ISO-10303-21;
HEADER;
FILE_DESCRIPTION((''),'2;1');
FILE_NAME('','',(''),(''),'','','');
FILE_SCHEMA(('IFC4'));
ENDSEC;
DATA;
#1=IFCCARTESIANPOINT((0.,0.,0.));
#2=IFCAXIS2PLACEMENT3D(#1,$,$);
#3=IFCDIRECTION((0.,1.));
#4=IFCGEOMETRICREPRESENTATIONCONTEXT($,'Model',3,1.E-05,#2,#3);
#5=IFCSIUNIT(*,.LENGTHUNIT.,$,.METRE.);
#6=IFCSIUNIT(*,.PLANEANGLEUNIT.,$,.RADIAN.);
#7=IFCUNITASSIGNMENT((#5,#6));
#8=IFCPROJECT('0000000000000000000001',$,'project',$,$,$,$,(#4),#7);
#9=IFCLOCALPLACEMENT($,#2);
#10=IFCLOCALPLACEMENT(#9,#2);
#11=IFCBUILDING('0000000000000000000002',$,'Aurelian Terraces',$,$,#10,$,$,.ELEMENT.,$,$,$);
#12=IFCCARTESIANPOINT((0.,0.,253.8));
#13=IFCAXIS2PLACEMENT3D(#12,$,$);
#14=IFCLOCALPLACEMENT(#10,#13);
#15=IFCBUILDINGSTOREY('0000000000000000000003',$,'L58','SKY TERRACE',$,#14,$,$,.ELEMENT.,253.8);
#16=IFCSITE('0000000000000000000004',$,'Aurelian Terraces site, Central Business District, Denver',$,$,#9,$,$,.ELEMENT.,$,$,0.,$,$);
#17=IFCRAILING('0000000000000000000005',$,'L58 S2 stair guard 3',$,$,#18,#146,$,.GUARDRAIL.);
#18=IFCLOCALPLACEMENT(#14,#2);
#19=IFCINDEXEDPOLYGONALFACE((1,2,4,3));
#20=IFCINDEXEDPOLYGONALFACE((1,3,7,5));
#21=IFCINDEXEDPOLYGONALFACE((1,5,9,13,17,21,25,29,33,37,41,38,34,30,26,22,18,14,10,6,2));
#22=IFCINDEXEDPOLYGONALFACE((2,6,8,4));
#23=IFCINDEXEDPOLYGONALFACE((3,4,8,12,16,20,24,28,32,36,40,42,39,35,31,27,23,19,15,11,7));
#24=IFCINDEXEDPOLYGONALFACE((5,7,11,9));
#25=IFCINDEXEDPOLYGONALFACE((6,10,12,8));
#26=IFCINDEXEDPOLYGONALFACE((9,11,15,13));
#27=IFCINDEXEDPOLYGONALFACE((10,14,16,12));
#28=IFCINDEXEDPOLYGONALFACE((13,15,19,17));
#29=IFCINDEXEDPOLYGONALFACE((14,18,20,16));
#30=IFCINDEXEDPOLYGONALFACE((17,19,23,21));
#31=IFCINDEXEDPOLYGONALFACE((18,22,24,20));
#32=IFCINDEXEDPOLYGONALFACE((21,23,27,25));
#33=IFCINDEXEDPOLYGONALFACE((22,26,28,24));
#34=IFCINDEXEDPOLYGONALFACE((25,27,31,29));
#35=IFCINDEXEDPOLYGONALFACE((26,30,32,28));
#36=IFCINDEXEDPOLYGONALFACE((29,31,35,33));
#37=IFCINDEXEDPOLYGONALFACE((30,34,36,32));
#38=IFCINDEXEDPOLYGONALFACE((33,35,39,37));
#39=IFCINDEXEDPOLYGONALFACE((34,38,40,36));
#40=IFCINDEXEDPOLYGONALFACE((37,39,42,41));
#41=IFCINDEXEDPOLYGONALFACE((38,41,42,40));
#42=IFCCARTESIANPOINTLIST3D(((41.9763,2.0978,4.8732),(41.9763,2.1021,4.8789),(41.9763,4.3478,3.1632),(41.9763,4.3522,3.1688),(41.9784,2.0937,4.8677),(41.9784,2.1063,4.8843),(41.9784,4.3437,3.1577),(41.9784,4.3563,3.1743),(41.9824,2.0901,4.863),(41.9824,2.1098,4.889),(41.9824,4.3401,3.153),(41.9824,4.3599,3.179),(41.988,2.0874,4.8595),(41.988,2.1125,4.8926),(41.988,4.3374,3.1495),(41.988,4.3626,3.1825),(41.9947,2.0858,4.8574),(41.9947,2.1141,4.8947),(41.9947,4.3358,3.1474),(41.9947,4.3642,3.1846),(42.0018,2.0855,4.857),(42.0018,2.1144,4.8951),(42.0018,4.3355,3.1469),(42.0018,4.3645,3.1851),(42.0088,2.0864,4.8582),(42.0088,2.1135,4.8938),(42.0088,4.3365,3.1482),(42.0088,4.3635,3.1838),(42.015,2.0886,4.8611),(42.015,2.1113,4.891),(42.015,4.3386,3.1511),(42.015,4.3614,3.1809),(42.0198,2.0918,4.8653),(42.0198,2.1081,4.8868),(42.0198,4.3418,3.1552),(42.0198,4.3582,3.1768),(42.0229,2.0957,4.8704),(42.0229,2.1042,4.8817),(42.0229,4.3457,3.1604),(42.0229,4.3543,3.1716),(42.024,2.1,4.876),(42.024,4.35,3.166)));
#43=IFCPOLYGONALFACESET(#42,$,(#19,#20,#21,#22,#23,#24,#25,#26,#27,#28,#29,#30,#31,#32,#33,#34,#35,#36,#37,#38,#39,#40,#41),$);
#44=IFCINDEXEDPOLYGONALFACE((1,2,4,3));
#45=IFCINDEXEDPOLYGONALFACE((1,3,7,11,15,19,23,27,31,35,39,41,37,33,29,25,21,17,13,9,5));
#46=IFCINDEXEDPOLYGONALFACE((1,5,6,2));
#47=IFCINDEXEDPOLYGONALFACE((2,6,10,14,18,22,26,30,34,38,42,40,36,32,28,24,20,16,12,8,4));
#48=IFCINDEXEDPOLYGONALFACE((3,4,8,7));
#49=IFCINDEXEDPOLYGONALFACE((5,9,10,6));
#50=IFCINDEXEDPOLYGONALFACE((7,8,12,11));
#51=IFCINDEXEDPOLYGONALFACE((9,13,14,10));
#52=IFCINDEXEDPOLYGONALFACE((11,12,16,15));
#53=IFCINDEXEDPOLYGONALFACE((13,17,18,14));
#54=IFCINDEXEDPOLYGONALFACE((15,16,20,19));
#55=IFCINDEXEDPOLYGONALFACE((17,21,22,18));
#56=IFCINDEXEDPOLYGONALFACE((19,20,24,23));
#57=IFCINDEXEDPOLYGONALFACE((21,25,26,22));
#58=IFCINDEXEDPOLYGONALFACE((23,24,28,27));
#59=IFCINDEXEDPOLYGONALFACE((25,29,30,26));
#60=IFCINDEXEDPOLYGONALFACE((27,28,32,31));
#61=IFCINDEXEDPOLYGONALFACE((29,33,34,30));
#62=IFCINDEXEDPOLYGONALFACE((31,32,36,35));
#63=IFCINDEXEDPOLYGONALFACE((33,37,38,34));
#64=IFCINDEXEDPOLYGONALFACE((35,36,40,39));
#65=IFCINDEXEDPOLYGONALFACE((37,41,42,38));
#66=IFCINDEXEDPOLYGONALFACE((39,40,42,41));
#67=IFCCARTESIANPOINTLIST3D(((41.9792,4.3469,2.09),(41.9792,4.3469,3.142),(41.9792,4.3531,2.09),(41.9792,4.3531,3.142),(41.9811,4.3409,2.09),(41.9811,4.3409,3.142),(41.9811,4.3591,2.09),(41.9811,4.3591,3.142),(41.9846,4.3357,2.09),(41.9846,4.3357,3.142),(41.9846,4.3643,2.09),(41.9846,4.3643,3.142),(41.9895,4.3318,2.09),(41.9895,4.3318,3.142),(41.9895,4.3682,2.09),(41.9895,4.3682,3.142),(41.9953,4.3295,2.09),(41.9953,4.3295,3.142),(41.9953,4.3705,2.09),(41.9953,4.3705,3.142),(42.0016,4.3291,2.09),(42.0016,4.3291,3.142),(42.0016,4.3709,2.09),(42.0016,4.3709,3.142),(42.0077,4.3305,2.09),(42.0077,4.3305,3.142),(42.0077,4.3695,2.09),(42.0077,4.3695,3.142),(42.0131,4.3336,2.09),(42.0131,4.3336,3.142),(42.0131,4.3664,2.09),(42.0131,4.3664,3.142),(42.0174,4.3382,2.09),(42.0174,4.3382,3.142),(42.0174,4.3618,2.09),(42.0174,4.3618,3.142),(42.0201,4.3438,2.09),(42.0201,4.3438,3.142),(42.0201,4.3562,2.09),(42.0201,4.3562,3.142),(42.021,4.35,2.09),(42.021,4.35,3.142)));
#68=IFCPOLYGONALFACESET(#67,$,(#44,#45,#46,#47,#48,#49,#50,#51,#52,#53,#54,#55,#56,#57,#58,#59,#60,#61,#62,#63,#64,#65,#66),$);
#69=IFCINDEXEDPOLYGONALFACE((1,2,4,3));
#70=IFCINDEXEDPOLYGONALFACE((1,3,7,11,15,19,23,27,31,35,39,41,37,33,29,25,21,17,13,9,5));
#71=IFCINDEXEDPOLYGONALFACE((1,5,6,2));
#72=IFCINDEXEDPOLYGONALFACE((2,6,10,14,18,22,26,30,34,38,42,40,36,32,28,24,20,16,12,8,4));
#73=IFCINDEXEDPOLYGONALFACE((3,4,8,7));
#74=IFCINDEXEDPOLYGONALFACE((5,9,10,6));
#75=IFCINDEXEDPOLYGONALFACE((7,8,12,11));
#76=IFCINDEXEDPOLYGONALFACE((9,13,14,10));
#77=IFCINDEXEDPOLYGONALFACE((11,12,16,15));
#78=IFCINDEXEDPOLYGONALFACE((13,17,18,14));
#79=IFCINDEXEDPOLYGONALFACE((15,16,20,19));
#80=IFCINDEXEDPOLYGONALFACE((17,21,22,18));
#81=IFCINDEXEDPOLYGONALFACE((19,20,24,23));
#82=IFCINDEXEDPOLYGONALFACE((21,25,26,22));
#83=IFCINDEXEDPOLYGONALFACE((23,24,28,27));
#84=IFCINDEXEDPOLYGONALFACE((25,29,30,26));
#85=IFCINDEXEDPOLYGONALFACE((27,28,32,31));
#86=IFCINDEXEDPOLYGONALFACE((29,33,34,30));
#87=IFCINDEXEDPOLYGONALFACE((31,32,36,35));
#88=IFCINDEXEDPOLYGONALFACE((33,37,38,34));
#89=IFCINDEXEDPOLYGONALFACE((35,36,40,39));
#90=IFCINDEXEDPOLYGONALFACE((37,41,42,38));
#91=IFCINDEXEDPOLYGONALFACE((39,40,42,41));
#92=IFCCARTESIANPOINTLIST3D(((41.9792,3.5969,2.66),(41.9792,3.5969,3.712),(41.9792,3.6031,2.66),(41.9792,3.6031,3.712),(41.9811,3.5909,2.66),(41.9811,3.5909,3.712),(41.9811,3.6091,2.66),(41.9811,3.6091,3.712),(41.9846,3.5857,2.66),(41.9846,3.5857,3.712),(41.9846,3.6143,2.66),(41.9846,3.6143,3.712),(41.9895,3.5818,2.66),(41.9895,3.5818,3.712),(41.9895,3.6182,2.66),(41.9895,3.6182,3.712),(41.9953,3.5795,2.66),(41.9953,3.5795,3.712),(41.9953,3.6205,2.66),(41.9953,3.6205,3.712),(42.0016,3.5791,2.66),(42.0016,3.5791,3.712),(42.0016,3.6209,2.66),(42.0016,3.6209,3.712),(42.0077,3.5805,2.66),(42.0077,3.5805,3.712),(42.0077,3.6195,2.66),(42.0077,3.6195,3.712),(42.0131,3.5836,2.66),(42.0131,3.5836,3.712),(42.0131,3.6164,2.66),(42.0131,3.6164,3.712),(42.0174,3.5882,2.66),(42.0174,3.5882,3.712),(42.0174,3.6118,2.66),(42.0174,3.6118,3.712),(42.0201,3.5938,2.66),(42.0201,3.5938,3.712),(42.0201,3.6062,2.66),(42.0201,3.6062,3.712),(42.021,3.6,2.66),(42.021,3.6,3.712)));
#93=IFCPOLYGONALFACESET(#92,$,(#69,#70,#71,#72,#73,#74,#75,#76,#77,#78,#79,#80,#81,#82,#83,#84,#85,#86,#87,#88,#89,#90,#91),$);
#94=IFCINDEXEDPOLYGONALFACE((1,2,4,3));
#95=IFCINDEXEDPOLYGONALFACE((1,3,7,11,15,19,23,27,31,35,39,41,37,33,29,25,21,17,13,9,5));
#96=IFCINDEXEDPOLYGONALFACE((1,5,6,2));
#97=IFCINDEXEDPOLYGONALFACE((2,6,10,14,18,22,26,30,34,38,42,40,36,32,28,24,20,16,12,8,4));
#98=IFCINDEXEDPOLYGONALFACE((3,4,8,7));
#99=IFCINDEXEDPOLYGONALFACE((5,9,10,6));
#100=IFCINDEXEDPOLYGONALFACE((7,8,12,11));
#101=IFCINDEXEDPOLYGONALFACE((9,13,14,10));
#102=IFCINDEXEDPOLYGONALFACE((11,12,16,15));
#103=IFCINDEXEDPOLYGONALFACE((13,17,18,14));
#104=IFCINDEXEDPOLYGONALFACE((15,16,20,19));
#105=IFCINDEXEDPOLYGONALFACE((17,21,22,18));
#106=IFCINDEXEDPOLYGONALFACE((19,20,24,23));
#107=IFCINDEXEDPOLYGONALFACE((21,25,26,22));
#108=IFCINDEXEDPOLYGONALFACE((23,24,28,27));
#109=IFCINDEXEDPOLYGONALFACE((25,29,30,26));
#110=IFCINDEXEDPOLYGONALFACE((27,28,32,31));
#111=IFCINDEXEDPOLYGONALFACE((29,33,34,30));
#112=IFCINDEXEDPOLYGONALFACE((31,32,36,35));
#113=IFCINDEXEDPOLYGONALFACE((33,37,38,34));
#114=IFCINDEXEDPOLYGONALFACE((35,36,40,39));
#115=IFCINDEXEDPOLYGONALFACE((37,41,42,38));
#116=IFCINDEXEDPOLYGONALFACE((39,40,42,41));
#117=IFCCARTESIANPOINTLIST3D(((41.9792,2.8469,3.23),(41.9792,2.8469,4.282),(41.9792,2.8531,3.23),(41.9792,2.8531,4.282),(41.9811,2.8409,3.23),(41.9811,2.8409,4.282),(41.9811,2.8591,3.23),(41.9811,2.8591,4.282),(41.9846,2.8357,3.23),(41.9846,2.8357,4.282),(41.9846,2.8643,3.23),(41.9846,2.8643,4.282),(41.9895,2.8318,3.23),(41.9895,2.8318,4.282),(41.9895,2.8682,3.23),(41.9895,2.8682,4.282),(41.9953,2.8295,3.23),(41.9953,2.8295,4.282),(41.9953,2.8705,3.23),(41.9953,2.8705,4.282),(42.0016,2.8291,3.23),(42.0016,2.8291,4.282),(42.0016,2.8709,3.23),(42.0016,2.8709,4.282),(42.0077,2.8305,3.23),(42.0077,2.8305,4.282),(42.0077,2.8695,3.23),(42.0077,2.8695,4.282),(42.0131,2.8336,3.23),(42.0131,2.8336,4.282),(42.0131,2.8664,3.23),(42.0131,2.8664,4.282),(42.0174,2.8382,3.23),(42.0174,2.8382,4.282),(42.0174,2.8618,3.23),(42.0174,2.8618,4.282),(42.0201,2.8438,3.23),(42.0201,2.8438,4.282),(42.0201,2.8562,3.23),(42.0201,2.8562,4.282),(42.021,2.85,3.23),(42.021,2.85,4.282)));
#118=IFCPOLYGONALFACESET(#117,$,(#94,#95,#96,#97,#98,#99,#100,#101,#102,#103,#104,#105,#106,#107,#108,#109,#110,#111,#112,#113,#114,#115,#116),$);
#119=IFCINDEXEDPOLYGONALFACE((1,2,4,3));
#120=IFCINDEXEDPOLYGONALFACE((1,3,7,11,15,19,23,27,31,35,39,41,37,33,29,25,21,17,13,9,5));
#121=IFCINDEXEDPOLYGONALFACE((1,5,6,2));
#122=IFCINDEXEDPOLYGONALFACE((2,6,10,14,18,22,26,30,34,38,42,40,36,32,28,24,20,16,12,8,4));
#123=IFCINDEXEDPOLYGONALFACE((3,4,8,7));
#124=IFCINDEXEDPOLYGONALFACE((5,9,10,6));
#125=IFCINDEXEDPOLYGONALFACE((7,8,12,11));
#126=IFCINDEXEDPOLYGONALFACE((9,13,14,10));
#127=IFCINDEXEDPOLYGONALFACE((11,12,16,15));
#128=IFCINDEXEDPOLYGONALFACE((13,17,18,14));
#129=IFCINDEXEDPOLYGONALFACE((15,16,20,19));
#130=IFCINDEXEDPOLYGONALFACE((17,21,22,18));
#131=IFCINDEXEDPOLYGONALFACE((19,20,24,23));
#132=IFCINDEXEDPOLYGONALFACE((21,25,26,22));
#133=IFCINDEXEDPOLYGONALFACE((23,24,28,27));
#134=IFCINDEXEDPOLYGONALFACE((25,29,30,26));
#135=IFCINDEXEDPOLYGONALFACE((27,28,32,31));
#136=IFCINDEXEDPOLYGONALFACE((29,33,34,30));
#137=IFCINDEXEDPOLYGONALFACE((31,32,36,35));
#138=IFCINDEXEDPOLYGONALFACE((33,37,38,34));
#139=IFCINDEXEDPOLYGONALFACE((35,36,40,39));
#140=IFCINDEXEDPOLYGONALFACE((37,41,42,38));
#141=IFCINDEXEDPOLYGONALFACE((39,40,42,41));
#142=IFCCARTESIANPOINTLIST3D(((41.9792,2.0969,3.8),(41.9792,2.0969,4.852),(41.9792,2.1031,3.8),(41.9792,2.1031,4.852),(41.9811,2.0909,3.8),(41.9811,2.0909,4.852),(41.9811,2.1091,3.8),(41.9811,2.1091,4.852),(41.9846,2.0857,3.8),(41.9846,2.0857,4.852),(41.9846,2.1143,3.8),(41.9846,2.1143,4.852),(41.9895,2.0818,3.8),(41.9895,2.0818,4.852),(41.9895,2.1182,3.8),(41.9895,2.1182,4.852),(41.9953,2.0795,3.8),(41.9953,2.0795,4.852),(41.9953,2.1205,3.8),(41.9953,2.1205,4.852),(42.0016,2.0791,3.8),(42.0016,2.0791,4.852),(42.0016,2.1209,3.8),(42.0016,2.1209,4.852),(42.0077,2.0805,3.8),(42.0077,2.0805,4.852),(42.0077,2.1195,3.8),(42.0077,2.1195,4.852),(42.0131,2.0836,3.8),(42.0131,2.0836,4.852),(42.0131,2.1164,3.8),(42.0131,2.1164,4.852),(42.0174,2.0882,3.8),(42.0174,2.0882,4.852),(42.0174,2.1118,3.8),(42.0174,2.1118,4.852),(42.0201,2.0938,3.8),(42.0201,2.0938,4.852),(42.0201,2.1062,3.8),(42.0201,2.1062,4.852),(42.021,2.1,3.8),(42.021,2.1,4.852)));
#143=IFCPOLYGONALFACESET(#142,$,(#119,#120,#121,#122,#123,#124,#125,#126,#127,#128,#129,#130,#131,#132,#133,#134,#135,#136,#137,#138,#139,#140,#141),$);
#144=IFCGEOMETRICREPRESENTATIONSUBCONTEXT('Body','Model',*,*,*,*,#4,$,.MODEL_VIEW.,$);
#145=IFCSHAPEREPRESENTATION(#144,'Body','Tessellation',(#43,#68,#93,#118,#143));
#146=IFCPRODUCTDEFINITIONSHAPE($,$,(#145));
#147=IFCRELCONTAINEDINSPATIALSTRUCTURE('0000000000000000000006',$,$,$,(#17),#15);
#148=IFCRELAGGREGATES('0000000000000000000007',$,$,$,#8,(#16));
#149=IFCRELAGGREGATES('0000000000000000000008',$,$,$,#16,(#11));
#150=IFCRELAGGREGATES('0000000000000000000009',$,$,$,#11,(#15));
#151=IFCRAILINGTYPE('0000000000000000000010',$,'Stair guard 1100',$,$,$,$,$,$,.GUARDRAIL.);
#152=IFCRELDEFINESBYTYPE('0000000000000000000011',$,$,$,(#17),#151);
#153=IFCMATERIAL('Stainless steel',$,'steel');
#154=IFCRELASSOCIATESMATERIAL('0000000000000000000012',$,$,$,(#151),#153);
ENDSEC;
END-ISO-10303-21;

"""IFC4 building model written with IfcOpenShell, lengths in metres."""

from ifc_helpers import new_model, si_unit, direction, frame, origin, origin_2d, place, context, subcontext, project, spatial, circle, extrude, source, transform, mapped, material, type_object, element, save


model = new_model("IFC4")

# Units and contexts
model_context = context("Model", 3, precision=1e-05, world=origin(), true_north=direction((0.0, 1.0)))
body_context = subcontext(model_context, "Body", "Model", "MODEL_VIEW")
ifc_project = project(units=[si_unit("LENGTHUNIT", "METRE"), si_unit("PLANEANGLEUNIT", "RADIAN")], contexts=[model_context])

# Site, building, storey
site_placement = place(None, origin())
site = spatial("IfcSite", under=ifc_project, at=site_placement, Name="Aurelian Terraces site, Central Business District, Denver", CompositionType="ELEMENT", RefElevation=0.0)
building_placement = place(site_placement, origin())
building = spatial("IfcBuilding", under=site, at=building_placement, Name="Aurelian Terraces", CompositionType="ELEMENT")
storey_placement = place(building_placement, frame((0.0, 0.0, 253.8)))
storey = spatial("IfcBuildingStorey", under=building, at=storey_placement, Name="L58", Description="SKY TERRACE", CompositionType="ELEMENT", Elevation=253.8)

# Railing
ifc_material_1 = material(Name="Stainless steel", Category="steel")
railing_type_1 = type_object("IfcRailingType", Name="Stair guard 1100", PredefinedType="GUARDRAIL", material=ifc_material_1)
shared_shape_1 = source(origin(), body_context, "Body", "SweptSolid", [
    extrude(circle(Radius=0.024, at=origin_2d()), frame((0.0, 0.0, 1.076), z_axis=(0.0, -0.796162, 0.605083), x_axis=(1.0, 0.0, 0.0)), (0.0, 0.0, 1.0), 2.8261),
    extrude(circle(Radius=0.021, at=origin_2d()), origin(), (0.0, 0.0, 1.0), 1.052),
    extrude(circle(Radius=0.021, at=origin_2d()), frame((0.0, -0.75, 0.57)), (0.0, 0.0, 1.0), 1.052),
    extrude(circle(Radius=0.021, at=origin_2d()), frame((0.0, -1.5, 1.14)), (0.0, 0.0, 1.0), 1.052),
    extrude(circle(Radius=0.021, at=origin_2d()), frame((0.0, -2.25, 1.71)), (0.0, 0.0, 1.0), 1.052),
])
railing_1_placement = place(storey_placement, frame((42.0, 4.35, 2.09)))
element("IfcRailing", 1, at=railing_1_placement, inside=storey, type_object=railing_type_1, Name="L58 S2 stair guard 3", PredefinedType="GUARDRAIL", context=body_context, shape_type="MappedRepresentation", body=[
    mapped(shared_shape_1, transform((0.0, 0.0, 0.0), scale=1.0)),
])

save(model, "model.ifc")
